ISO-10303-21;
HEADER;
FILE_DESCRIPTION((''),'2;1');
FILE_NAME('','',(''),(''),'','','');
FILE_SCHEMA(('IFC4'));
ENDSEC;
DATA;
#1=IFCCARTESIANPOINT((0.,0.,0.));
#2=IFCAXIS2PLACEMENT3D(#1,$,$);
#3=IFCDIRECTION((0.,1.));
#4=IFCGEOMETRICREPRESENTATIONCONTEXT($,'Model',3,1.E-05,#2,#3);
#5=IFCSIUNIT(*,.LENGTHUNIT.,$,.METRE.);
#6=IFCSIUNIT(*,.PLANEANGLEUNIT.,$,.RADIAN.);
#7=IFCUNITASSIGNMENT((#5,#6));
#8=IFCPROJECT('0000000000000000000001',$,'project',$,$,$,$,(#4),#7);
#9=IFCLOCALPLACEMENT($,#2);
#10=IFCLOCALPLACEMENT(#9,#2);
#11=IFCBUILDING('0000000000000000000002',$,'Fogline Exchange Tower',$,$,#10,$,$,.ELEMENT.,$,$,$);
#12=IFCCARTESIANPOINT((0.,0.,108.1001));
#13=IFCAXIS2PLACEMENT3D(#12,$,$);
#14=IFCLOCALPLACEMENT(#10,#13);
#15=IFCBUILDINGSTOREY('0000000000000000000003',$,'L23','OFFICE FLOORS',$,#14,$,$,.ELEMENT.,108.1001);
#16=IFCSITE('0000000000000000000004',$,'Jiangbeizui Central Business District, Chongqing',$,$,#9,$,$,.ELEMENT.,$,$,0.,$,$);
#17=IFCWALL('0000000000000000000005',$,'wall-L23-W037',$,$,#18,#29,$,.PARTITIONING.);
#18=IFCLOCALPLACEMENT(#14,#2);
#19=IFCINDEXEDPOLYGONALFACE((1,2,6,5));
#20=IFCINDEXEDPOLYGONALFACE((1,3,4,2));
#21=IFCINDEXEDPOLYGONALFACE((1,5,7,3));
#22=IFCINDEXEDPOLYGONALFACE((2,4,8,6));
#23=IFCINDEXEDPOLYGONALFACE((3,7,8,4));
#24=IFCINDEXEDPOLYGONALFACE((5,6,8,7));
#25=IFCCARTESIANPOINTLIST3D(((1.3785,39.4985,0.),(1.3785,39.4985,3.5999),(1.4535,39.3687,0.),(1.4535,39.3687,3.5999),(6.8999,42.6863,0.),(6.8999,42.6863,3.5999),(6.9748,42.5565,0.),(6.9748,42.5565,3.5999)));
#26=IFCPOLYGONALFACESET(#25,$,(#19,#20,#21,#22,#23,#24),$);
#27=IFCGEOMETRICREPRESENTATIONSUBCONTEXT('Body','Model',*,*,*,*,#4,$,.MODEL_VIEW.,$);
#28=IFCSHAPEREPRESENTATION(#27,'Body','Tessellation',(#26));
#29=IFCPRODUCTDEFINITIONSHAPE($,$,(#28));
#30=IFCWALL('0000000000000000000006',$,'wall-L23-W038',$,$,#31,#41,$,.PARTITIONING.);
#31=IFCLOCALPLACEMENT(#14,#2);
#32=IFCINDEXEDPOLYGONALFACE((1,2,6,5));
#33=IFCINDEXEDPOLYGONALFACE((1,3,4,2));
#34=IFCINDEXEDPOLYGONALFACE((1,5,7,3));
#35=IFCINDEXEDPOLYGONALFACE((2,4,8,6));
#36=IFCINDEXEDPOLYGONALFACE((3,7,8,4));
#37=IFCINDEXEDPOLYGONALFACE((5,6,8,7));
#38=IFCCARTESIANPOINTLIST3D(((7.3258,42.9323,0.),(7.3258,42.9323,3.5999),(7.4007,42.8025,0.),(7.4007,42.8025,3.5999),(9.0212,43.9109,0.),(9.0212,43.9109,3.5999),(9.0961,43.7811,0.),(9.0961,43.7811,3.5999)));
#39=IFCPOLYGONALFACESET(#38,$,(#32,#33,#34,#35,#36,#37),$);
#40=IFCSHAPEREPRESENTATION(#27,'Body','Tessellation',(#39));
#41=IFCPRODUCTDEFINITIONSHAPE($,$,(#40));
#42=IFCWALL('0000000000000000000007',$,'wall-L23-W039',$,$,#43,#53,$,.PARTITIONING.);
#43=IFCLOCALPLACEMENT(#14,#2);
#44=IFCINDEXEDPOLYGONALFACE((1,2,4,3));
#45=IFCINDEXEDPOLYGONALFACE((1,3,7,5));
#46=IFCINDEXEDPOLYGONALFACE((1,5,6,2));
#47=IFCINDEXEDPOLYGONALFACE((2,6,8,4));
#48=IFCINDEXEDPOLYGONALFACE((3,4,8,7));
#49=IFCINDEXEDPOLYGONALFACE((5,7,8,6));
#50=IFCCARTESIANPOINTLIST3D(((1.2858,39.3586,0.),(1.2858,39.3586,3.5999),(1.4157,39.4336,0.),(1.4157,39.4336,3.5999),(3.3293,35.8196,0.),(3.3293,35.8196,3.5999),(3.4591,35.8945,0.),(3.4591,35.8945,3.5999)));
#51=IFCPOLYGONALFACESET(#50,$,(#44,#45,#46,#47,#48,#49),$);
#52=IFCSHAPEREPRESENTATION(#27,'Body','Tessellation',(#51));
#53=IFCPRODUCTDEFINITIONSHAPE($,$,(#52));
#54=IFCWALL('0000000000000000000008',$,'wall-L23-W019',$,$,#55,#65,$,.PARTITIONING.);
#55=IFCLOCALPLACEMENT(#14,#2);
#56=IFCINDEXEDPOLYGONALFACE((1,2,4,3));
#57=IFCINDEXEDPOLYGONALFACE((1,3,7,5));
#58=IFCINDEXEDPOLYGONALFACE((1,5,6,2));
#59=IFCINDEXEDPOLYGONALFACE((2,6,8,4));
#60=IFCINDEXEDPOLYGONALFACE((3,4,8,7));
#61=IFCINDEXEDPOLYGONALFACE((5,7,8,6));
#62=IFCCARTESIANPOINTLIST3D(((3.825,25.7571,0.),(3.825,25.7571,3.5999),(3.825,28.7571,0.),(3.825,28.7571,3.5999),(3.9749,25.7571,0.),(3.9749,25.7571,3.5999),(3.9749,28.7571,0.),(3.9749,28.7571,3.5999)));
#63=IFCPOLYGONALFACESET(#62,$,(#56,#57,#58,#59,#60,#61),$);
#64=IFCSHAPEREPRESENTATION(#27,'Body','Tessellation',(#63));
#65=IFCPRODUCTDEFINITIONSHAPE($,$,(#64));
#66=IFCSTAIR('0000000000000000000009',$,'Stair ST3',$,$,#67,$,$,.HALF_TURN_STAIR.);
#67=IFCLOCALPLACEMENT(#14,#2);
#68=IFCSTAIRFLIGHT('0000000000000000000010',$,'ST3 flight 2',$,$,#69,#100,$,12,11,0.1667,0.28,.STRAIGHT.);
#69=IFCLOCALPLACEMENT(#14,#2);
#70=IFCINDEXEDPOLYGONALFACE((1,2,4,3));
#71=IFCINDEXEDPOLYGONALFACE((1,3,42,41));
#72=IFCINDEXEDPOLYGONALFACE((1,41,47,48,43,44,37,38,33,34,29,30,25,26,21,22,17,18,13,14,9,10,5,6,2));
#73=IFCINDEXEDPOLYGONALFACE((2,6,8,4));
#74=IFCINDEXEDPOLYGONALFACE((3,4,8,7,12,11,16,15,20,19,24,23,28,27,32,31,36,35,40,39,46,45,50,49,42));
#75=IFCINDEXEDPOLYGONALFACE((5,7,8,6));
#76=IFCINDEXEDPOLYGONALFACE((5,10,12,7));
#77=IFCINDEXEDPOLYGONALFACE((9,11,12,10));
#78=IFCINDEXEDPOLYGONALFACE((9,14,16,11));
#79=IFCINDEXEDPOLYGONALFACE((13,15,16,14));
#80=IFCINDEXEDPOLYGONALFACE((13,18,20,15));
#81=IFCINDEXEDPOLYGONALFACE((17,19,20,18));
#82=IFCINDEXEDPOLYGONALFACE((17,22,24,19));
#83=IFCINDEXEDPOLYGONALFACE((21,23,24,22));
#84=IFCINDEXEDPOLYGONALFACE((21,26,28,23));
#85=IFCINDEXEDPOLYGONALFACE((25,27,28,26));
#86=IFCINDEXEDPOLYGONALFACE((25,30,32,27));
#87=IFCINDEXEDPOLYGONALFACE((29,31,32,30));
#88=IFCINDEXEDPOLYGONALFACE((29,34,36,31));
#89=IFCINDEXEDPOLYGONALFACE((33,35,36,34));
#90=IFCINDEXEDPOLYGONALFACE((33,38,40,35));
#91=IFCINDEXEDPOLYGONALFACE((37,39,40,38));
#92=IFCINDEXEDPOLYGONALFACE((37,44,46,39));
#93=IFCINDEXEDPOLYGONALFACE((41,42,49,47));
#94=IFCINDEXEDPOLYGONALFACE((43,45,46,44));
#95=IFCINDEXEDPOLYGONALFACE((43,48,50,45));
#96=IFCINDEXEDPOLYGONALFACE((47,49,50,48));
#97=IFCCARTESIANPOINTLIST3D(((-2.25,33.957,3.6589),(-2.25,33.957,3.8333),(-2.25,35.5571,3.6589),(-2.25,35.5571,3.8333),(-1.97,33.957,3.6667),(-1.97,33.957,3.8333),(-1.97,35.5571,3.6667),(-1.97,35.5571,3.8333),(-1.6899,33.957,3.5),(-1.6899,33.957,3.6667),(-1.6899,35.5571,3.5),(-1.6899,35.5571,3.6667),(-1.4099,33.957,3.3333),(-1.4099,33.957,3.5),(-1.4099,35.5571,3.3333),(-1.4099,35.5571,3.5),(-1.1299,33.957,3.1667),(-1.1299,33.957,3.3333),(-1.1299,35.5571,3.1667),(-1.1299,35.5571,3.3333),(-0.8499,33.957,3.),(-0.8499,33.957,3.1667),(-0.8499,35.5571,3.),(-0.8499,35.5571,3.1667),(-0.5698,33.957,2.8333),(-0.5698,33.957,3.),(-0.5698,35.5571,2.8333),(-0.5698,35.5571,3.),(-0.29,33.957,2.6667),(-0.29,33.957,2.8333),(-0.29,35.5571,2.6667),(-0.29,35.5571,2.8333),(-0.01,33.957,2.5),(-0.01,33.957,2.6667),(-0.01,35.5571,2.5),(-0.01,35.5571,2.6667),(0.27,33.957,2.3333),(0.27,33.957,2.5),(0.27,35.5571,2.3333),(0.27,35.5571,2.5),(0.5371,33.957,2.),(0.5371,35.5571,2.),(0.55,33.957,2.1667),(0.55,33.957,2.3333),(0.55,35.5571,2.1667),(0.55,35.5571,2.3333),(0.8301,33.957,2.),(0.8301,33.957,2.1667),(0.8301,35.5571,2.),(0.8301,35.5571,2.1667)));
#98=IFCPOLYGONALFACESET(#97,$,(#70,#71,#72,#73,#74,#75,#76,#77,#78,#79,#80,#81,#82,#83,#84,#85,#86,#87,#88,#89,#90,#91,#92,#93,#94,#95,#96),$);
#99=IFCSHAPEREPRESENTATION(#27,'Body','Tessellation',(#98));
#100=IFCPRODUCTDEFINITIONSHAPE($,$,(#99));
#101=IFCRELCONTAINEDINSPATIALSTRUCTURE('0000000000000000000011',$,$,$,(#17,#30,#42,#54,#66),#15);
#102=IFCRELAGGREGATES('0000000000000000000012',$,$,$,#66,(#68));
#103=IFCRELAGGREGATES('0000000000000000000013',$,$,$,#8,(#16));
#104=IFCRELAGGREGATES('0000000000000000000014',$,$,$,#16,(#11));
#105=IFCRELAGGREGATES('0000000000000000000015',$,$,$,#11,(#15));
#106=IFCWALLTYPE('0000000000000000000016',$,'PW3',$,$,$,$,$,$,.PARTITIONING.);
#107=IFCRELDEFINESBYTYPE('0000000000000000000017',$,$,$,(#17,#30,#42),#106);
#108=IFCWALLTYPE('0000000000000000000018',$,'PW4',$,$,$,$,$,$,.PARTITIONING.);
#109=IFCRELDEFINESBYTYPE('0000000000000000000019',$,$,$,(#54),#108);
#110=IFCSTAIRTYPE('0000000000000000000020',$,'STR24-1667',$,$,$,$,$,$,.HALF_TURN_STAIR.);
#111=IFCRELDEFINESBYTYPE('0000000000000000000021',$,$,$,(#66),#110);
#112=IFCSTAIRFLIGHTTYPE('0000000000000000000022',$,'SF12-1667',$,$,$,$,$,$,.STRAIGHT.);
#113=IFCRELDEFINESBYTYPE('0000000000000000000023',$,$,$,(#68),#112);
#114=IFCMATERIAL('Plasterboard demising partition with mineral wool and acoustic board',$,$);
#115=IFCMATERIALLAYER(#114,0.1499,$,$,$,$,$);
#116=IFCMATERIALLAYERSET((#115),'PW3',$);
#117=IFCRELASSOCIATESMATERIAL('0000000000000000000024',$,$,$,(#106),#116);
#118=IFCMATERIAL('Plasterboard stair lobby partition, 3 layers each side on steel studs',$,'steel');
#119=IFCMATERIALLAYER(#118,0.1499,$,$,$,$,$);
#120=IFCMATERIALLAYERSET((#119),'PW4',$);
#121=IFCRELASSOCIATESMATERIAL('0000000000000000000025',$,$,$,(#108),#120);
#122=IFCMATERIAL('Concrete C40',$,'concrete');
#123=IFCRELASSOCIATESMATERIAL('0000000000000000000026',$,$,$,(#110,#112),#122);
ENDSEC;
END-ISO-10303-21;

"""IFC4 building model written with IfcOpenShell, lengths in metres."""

from ifc_helpers import new_model, si_unit, direction, frame, frame_2d, origin, place, context, subcontext, project, spatial, polyline, rectangle, outline, extrude, material, layer, layer_set, type_object, element, aggregate, save


model = new_model("IFC4")

# Units and contexts
model_context = context("Model", 3, precision=1e-05, world=origin(), true_north=direction((0.0, 1.0)))
body_context = subcontext(model_context, "Body", "Model", "MODEL_VIEW")
ifc_project = project(units=[si_unit("LENGTHUNIT", "METRE"), si_unit("PLANEANGLEUNIT", "RADIAN")], contexts=[model_context])

# Site, building, storey
site_placement = place(None, origin())
site = spatial("IfcSite", under=ifc_project, at=site_placement, Name="Jiangbeizui Central Business District, Chongqing", CompositionType="ELEMENT", RefElevation=0.0)
building_placement = place(site_placement, origin())
building = spatial("IfcBuilding", under=site, at=building_placement, Name="Fogline Exchange Tower", CompositionType="ELEMENT")
storey_placement = place(building_placement, frame((0.0, 0.0, 108.1001)))
storey = spatial("IfcBuildingStorey", under=building, at=storey_placement, Name="L23", Description="OFFICE FLOORS", CompositionType="ELEMENT", Elevation=108.1001)

# Shared definitions
ifc_material_1 = material(Name="Concrete C40", Category="concrete")

# Walls
ifc_material_2 = material(Name="Plasterboard demising partition with mineral wool and acoustic board")
ifc_layer_1 = layer(ifc_material_2, 0.1499)
ifc_layer_set_1 = layer_set([ifc_layer_1], Name="PW3")
wall_type_1 = type_object("IfcWallType", Name="PW3", PredefinedType="PARTITIONING", material=ifc_layer_set_1)
wall_1_placement = place(storey_placement, frame((1.416, 39.4336, 0.0), z_axis=(0.0, 0.0, 1.0), x_axis=(0.866022, 0.500006, 0.0)))
element("IfcWall", 1, at=wall_1_placement, inside=storey, type_object=wall_type_1, Name="wall-L23-W037", PredefinedType="PARTITIONING", context=body_context, shape_type="SweptSolid", body=[
    extrude(rectangle(XDim=6.3755, YDim=0.1499, at=frame_2d((3.1877, 0.0))), origin(), (0.0, 0.0, 1.0), 3.5999),
])
wall_2_placement = place(storey_placement, frame((7.3633, 42.8674, 0.0), z_axis=(0.0, 0.0, 1.0), x_axis=(0.866086, 0.499895, 0.0)))
element("IfcWall", 2, at=wall_2_placement, inside=storey, type_object=wall_type_1, Name="wall-L23-W038", PredefinedType="PARTITIONING", context=body_context, shape_type="SweptSolid", body=[
    extrude(rectangle(XDim=1.9575, YDim=0.1499, at=frame_2d((0.9788, 0.0))), origin(), (0.0, 0.0, 1.0), 3.5999),
])
wall_3_placement = place(storey_placement, frame((3.3943, 35.8569, 0.0), z_axis=(0.0, 0.0, 1.0), x_axis=(-0.500033, 0.866007, 0.0)))
element("IfcWall", 3, at=wall_3_placement, inside=storey, type_object=wall_type_1, Name="wall-L23-W039", PredefinedType="PARTITIONING", context=body_context, shape_type="SweptSolid", body=[
    extrude(rectangle(XDim=4.0867, YDim=0.1499, at=frame_2d((2.0435, 0.0))), origin(), (0.0, 0.0, 1.0), 3.5999),
])
ifc_material_3 = material(Name="Plasterboard stair lobby partition, 3 layers each side on steel studs", Category="steel")
ifc_layer_2 = layer(ifc_material_3, 0.1499)
ifc_layer_set_2 = layer_set([ifc_layer_2], Name="PW4")
wall_type_2 = type_object("IfcWallType", Name="PW4", PredefinedType="PARTITIONING", material=ifc_layer_set_2)
wall_4_placement = place(storey_placement, frame((3.8999, 28.7571, 0.0), z_axis=(0.0, 0.0, 1.0), x_axis=(0.0, -1.0, 0.0)))
element("IfcWall", 4, at=wall_4_placement, inside=storey, type_object=wall_type_2, Name="wall-L23-W019", PredefinedType="PARTITIONING", context=body_context, shape_type="SweptSolid", body=[
    extrude(rectangle(XDim=3.0, YDim=0.1499, at=frame_2d((1.5, 0.0))), origin(), (0.0, 0.0, 1.0), 3.5999),
])

# Stair, stair flight
stair_type = type_object("IfcStairType", Name="STR24-1667", PredefinedType="HALF_TURN_STAIR", material=ifc_material_1)
stair_placement = place(storey_placement, origin())
stair = element("IfcStair", 5, at=stair_placement, inside=storey, type_object=stair_type, Name="Stair ST3", PredefinedType="HALF_TURN_STAIR")
stair_flight_type = type_object("IfcStairFlightType", Name="SF12-1667", PredefinedType="STRAIGHT", material=ifc_material_1)
stair_flight_placement = place(storey_placement, frame((0.8301, 34.7571, 2.0), z_axis=(0.0, 0.0, 1.0), x_axis=(-1.0, 0.0, 0.0)))
stair_flight = element("IfcStairFlight", 6, at=stair_flight_placement, type_object=stair_flight_type, Name="ST3 flight 2", NumberOfRisers=12, NumberOfTreads=11, PredefinedType="STRAIGHT", RiserHeight=0.1667, TreadLength=0.28, context=body_context, shape_type="SweptSolid", body=[
    extrude(outline(polyline([(0.0, 0.0), (0.0, 0.1667), (0.28, 0.1667), (0.28, 0.3333), (0.5601, 0.3333), (0.5601, 0.5), (0.8401, 0.5), (0.8401, 0.6667), (1.1201, 0.6667), (1.1201, 0.8333), (1.3999, 0.8333), (1.3999, 1.0), (1.6799, 1.0), (1.6799, 1.1667), (1.96, 1.1667), (1.96, 1.3333), (2.24, 1.3333), (2.24, 1.5), (2.52, 1.5), (2.52, 1.6667), (2.8, 1.6667), (2.8, 1.8333), (3.0801, 1.8333), (3.0801, 2.0), (3.0801, 1.6589), (0.293, 0.0), (0.0, 0.0)])), frame((0.0, 0.8, 0.0), z_axis=(0.0, -1.0, 0.0), x_axis=(1.0, 0.0, 0.0)), (0.0, 0.0, 1.0), 1.6001),
])
aggregate(stair, [stair_flight])

save(model, "model.ifc")
